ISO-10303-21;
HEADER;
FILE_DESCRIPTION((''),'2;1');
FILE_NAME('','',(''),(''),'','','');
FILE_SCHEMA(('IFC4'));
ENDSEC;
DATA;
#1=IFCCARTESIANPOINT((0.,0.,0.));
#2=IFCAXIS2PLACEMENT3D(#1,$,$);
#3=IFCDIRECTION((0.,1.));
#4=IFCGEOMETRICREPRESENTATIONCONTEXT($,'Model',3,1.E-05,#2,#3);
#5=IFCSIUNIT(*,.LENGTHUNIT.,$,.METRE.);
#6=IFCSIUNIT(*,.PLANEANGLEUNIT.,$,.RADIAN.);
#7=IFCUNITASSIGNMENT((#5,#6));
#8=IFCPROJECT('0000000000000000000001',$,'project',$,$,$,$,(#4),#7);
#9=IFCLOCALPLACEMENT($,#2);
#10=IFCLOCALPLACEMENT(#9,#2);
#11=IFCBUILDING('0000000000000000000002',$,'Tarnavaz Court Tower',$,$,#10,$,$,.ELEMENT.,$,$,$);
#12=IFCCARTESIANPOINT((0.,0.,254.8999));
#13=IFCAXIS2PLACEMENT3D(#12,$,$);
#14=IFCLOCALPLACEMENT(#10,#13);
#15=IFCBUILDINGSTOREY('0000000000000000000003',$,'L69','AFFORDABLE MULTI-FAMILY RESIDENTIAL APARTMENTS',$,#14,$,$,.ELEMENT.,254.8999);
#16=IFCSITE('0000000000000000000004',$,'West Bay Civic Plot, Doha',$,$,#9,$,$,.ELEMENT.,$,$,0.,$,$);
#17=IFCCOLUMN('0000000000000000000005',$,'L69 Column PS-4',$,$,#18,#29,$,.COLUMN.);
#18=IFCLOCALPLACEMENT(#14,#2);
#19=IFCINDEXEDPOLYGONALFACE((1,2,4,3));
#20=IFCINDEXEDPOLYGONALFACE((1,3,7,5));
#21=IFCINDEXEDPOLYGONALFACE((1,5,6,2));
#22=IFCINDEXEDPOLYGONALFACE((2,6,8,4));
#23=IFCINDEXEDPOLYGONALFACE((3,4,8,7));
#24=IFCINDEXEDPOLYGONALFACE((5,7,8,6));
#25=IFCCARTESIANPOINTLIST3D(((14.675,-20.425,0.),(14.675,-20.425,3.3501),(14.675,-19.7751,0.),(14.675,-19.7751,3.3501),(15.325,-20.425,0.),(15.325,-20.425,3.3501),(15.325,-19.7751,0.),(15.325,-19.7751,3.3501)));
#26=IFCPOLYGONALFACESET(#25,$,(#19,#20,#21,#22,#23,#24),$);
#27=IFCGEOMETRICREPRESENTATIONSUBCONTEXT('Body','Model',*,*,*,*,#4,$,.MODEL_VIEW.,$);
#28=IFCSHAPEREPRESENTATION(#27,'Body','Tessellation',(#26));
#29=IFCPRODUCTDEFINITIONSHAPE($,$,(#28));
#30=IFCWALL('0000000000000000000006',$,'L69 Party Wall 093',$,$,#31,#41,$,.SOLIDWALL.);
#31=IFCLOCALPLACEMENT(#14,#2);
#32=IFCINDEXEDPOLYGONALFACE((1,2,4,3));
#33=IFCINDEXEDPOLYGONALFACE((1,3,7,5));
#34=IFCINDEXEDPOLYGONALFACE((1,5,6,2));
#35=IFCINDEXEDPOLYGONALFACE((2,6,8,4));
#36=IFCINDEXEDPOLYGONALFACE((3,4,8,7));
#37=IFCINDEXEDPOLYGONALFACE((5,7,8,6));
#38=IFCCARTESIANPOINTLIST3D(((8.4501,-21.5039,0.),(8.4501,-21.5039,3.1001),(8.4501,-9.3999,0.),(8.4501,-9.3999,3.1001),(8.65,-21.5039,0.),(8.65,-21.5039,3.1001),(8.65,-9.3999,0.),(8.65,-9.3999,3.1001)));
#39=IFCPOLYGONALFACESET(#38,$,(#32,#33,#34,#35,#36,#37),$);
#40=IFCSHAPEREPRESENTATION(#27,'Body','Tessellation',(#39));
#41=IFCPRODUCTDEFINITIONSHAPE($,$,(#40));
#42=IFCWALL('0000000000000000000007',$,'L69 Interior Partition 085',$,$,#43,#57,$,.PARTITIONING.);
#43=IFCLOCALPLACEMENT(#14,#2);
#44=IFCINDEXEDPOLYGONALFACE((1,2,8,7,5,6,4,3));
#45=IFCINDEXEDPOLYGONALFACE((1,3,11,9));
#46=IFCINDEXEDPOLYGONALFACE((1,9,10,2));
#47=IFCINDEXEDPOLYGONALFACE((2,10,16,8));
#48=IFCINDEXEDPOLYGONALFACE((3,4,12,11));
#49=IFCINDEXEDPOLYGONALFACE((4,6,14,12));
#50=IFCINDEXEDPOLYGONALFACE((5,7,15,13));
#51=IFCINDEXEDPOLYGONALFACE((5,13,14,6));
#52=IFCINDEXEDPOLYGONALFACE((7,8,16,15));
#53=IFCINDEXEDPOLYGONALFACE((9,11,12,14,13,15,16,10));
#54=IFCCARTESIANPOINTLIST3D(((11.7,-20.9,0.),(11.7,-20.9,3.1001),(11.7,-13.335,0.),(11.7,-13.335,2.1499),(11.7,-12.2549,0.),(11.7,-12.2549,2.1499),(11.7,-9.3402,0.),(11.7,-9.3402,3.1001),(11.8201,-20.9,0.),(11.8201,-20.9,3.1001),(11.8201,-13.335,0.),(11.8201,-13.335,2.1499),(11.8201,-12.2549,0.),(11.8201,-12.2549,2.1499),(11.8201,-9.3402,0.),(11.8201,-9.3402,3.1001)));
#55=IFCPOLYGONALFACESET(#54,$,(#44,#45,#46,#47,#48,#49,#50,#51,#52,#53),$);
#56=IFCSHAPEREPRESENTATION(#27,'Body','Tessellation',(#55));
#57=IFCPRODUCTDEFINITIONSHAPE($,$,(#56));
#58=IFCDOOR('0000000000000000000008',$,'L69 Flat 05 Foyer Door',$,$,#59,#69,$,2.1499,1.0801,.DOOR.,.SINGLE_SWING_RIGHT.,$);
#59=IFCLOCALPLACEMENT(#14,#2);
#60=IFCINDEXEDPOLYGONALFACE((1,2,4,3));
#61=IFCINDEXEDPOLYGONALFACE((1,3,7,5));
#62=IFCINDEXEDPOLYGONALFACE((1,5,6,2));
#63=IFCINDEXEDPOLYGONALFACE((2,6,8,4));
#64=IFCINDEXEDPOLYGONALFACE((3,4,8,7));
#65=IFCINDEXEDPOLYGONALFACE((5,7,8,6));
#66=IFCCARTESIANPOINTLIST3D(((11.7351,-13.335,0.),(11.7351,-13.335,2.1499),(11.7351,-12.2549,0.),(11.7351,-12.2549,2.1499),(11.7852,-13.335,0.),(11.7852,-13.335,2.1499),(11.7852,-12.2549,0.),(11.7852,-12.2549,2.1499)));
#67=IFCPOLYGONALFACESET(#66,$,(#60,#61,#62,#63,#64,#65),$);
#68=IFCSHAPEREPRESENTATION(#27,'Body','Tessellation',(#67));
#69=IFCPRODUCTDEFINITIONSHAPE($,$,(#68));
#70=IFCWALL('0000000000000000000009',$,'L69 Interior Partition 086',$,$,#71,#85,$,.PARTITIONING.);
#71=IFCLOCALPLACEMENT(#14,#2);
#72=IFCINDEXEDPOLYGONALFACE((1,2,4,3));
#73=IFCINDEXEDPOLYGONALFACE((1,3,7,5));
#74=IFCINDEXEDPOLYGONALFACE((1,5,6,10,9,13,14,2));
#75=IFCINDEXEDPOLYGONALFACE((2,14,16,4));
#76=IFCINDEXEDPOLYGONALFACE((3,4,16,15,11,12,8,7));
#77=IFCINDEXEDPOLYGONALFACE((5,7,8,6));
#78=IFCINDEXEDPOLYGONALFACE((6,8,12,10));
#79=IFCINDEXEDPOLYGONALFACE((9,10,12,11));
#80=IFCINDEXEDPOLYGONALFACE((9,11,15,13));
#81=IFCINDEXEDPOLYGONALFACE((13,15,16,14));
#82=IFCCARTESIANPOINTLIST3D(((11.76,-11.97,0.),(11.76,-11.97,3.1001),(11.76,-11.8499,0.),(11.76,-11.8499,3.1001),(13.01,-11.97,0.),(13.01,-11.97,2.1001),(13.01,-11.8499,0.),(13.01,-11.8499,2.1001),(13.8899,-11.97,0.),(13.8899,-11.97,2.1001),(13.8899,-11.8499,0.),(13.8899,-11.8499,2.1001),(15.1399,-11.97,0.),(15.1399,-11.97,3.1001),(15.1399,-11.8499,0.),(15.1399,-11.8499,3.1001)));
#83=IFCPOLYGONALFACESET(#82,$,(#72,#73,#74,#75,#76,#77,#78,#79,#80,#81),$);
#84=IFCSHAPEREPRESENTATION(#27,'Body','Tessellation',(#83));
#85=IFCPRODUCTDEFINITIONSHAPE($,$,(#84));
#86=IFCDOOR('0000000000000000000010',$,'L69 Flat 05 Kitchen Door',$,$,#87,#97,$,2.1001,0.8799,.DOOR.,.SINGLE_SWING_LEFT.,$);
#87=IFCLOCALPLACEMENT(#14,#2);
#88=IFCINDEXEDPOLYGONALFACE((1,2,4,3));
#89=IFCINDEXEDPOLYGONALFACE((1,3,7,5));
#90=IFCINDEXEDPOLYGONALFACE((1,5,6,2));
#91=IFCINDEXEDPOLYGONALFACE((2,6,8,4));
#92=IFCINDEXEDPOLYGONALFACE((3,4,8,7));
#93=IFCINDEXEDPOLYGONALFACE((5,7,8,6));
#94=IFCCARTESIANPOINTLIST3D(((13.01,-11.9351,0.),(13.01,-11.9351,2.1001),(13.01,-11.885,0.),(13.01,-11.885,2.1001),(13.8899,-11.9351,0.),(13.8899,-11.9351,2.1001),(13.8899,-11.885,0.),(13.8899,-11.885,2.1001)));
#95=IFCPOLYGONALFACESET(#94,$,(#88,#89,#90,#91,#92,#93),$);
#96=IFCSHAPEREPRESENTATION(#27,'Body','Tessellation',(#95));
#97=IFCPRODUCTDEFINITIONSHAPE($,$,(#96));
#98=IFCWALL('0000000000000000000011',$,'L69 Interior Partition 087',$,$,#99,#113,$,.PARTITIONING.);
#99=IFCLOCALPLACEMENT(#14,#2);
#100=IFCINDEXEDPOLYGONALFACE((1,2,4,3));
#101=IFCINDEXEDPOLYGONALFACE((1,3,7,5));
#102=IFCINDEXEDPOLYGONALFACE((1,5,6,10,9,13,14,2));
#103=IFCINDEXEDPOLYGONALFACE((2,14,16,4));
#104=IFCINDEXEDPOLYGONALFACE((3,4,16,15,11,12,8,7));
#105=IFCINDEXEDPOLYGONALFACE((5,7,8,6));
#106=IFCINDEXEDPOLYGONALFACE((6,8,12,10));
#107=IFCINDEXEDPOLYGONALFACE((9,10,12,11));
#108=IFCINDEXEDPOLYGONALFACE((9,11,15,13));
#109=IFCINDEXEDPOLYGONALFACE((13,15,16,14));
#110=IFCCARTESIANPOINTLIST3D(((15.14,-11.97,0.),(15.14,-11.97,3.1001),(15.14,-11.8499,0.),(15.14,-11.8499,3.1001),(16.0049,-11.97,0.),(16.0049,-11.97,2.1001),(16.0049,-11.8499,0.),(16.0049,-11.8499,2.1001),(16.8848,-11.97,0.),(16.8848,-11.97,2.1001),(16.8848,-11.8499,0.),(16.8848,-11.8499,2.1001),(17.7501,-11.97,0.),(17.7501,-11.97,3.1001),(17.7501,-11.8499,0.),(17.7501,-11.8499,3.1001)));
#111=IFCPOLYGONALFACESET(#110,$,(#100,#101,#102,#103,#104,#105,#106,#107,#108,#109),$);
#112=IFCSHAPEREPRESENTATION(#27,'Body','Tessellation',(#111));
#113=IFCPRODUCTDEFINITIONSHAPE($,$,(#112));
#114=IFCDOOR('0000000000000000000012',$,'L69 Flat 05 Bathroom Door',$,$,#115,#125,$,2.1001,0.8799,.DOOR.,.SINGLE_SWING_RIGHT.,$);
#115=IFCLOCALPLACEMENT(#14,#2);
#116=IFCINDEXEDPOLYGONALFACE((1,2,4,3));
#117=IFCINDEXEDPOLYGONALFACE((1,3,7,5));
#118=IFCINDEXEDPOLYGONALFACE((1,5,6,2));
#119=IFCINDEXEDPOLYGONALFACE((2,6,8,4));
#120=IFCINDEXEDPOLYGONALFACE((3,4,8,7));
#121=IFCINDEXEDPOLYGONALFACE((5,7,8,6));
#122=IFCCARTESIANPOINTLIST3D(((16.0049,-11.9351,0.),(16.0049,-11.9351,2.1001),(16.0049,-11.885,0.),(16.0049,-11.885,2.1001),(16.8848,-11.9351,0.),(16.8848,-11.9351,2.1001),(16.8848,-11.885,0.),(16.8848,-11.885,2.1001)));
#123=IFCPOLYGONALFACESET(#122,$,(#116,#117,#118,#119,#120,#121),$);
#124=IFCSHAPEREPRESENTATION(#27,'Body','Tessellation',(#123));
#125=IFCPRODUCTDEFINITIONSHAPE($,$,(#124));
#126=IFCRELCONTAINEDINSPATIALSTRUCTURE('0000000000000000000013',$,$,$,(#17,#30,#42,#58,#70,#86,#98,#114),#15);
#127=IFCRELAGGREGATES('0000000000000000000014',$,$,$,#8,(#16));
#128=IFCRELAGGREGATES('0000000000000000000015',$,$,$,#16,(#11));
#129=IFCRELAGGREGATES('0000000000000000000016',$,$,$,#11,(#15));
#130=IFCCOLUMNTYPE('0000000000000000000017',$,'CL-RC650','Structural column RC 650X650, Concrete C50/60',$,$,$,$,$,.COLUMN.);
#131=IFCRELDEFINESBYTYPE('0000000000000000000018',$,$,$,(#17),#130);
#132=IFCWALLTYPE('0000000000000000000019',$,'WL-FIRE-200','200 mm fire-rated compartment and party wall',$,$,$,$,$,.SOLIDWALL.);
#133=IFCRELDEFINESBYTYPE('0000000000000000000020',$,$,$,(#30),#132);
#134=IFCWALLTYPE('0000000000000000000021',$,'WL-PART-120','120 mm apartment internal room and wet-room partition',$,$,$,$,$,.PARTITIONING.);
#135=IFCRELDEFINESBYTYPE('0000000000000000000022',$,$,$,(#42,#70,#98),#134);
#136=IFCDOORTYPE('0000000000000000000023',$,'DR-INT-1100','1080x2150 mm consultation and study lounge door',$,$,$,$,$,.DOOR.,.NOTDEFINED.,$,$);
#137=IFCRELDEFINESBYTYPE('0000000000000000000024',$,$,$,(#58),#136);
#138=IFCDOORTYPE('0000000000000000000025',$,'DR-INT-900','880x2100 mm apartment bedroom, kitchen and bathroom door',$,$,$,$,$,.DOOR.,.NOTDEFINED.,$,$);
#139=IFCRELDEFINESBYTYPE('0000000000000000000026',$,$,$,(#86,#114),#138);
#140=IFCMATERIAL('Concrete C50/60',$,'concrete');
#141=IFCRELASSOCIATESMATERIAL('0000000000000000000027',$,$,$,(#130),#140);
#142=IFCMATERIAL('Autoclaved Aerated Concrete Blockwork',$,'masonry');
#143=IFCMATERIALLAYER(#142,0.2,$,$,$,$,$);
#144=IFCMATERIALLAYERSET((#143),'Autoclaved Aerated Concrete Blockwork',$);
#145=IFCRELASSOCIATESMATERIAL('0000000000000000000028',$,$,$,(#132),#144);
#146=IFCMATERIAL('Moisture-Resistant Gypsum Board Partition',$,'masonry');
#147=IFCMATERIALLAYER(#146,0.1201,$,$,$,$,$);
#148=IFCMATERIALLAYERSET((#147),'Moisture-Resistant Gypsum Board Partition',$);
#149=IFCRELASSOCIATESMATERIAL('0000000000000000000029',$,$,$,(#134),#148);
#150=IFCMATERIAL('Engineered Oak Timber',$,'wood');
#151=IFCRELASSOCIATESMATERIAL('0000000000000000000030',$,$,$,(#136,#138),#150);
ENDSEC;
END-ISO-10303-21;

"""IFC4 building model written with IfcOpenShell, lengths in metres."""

from ifc_helpers import new_model, si_unit, direction, frame, frame_2d, origin, origin_2d, place, context, subcontext, project, spatial, rectangle, extrude, material, layer, layer_set, material_profile, profile_set, type_object, element, fill, save


model = new_model("IFC4")

# Units and contexts
model_context = context("Model", 3, precision=1e-05, world=origin(), true_north=direction((0.0, 1.0)))
body_context = subcontext(model_context, "Body", "Model", "MODEL_VIEW")
ifc_project = project(units=[si_unit("LENGTHUNIT", "METRE"), si_unit("PLANEANGLEUNIT", "RADIAN")], contexts=[model_context])

# Site, building, storey
site_placement = place(None, origin())
site = spatial("IfcSite", under=ifc_project, at=site_placement, Name="West Bay Civic Plot, Doha", CompositionType="ELEMENT", RefElevation=0.0)
building_placement = place(site_placement, origin())
building = spatial("IfcBuilding", under=site, at=building_placement, Name="Tarnavaz Court Tower", CompositionType="ELEMENT")
storey_placement = place(building_placement, frame((0.0, 0.0, 254.8999)))
storey = spatial("IfcBuildingStorey", under=building, at=storey_placement, Name="L69", Description="AFFORDABLE MULTI-FAMILY RESIDENTIAL APARTMENTS", CompositionType="ELEMENT", Elevation=254.8999)

# Column
ifc_material_1 = material(Name="Concrete C50/60", Category="concrete")
ifc_material_profile = material_profile(ifc_material_1, rectangle(XDim=0.6499, YDim=0.6499, at=origin_2d()), Name="RC 650X650")
ifc_profile_set = profile_set([ifc_material_profile], Name="Concrete C50/60")
column_type = type_object("IfcColumnType", Name="CL-RC650", Description="Structural column RC 650X650, Concrete C50/60", PredefinedType="COLUMN", material=ifc_profile_set)
column_placement = place(storey_placement, frame((15.0, -20.1001, 0.0), z_axis=(0.0, 0.0, 1.0), x_axis=(1.0, 0.0, 0.0)))
element("IfcColumn", 1, at=column_placement, inside=storey, type_object=column_type, Name="L69 Column PS-4", PredefinedType="COLUMN", context=body_context, shape_type="SweptSolid", body=[
    extrude(rectangle(XDim=0.6499, YDim=0.6499, at=origin_2d()), origin(), (0.0, 0.0, 1.0), 3.3501),
])

# Wall
ifc_material_2 = material(Name="Autoclaved Aerated Concrete Blockwork", Category="masonry")
ifc_layer_1 = layer(ifc_material_2, 0.2)
ifc_layer_set_1 = layer_set([ifc_layer_1], Name="Autoclaved Aerated Concrete Blockwork")
wall_type_1 = type_object("IfcWallType", Name="WL-FIRE-200", Description="200 mm fire-rated compartment and party wall", PredefinedType="SOLIDWALL", material=ifc_layer_set_1)
wall_1_placement = place(storey_placement, frame((8.55, -21.5039, 0.0), z_axis=(0.0, 0.0, 1.0), x_axis=(0.0, 1.0, 0.0)))
element("IfcWall", 2, at=wall_1_placement, inside=storey, type_object=wall_type_1, Name="L69 Party Wall 093", PredefinedType="SOLIDWALL", context=body_context, shape_type="SweptSolid", body=[
    extrude(rectangle(XDim=12.104, YDim=0.2, at=frame_2d((6.052, 0.0))), origin(), (0.0, 0.0, 1.0), 3.1001),
])

# Walls, openings, doors
ifc_material_3 = material(Name="Moisture-Resistant Gypsum Board Partition", Category="masonry")
ifc_layer_2 = layer(ifc_material_3, 0.1201)
ifc_layer_set_2 = layer_set([ifc_layer_2], Name="Moisture-Resistant Gypsum Board Partition")
wall_type_2 = type_object("IfcWallType", Name="WL-PART-120", Description="120 mm apartment internal room and wet-room partition", PredefinedType="PARTITIONING", material=ifc_layer_set_2)
wall_2_placement = place(storey_placement, frame((11.76, -20.8999, 0.0), z_axis=(0.0, 0.0, 1.0), x_axis=(0.0, 1.0, 0.0)))
wall_2 = element("IfcWall", 3, at=wall_2_placement, inside=storey, type_object=wall_type_2, Name="L69 Interior Partition 085", PredefinedType="PARTITIONING", context=body_context, shape_type="SweptSolid", body=[
    extrude(rectangle(XDim=11.5598, YDim=0.1201, at=frame_2d((5.7798, 0.0))), origin(), (0.0, 0.0, 1.0), 3.1001),
])
opening_1_placement = place(wall_2_placement, frame((7.5649, 0.0, 0.0)))
opening_1 = element("IfcOpeningElement", 4, at=opening_1_placement, cuts=wall_2, PredefinedType="OPENING", context=body_context, shape_type="SweptSolid", body=[
    extrude(rectangle(XDim=1.0801, YDim=2.1499, at=frame_2d((0.54, 1.075))), frame((0.0, 0.0701, 0.0), z_axis=(0.0, -1.0, 0.0), x_axis=(1.0, 0.0, 0.0)), (0.0, 0.0, 1.0), 0.1401),
])
ifc_material_4 = material(Name="Engineered Oak Timber", Category="wood")
door_type_1 = type_object("IfcDoorType", Name="DR-INT-1100", Description="1080x2150 mm consultation and study lounge door", OperationType="NOTDEFINED", PredefinedType="DOOR", material=ifc_material_4)
door_1_placement = place(opening_1_placement, origin())
door_1 = element("IfcDoor", 5, at=door_1_placement, inside=storey, type_object=door_type_1, Name="L69 Flat 05 Foyer Door", OperationType="SINGLE_SWING_RIGHT", OverallHeight=2.1499, OverallWidth=1.0801, PredefinedType="DOOR", context=body_context, shape_type="SweptSolid", body=[
    extrude(rectangle(XDim=1.0801, YDim=2.1499, at=frame_2d((0.54, 1.075))), frame((0.0, 0.0249, 0.0), z_axis=(0.0, -1.0, 0.0), x_axis=(1.0, 0.0, 0.0)), (0.0, 0.0, 1.0), 0.05),
])
fill(opening_1, door_1)
wall_3_placement = place(storey_placement, frame((11.76, -11.9099, 0.0), z_axis=(0.0, 0.0, 1.0), x_axis=(1.0, 0.0, 0.0)))
wall_3 = element("IfcWall", 6, at=wall_3_placement, inside=storey, type_object=wall_type_2, Name="L69 Interior Partition 086", PredefinedType="PARTITIONING", context=body_context, shape_type="SweptSolid", body=[
    extrude(rectangle(XDim=3.3799, YDim=0.1201, at=frame_2d((1.6899, 0.0))), origin(), (0.0, 0.0, 1.0), 3.1001),
])
opening_2_placement = place(wall_3_placement, frame((1.25, 0.0, 0.0)))
opening_2 = element("IfcOpeningElement", 7, at=opening_2_placement, cuts=wall_3, PredefinedType="OPENING", context=body_context, shape_type="SweptSolid", body=[
    extrude(rectangle(XDim=0.8799, YDim=2.1001, at=frame_2d((0.4399, 1.05))), frame((0.0, 0.0701, 0.0), z_axis=(0.0, -1.0, 0.0), x_axis=(1.0, 0.0, 0.0)), (0.0, 0.0, 1.0), 0.1401),
])
door_type_2 = type_object("IfcDoorType", Name="DR-INT-900", Description="880x2100 mm apartment bedroom, kitchen and bathroom door", OperationType="NOTDEFINED", PredefinedType="DOOR", material=ifc_material_4)
door_2_placement = place(opening_2_placement, origin())
door_2 = element("IfcDoor", 8, at=door_2_placement, inside=storey, type_object=door_type_2, Name="L69 Flat 05 Kitchen Door", OperationType="SINGLE_SWING_LEFT", OverallHeight=2.1001, OverallWidth=0.8799, PredefinedType="DOOR", context=body_context, shape_type="SweptSolid", body=[
    extrude(rectangle(XDim=0.8799, YDim=2.1001, at=frame_2d((0.4399, 1.05))), frame((0.0, 0.0249, 0.0), z_axis=(0.0, -1.0, 0.0), x_axis=(1.0, 0.0, 0.0)), (0.0, 0.0, 1.0), 0.05),
])
fill(opening_2, door_2)
wall_4_placement = place(storey_placement, frame((15.1399, -11.9099, 0.0), z_axis=(0.0, 0.0, 1.0), x_axis=(1.0, 0.0, 0.0)))
wall_4 = element("IfcWall", 9, at=wall_4_placement, inside=storey, type_object=wall_type_2, Name="L69 Interior Partition 087", PredefinedType="PARTITIONING", context=body_context, shape_type="SweptSolid", body=[
    extrude(rectangle(XDim=2.6101, YDim=0.1201, at=frame_2d((1.3052, 0.0))), origin(), (0.0, 0.0, 1.0), 3.1001),
])
opening_3_placement = place(wall_4_placement, frame((0.865, 0.0, 0.0)))
opening_3 = element("IfcOpeningElement", 10, at=opening_3_placement, cuts=wall_4, PredefinedType="OPENING", context=body_context, shape_type="SweptSolid", body=[
    extrude(rectangle(XDim=0.8799, YDim=2.1001, at=frame_2d((0.4399, 1.05))), frame((0.0, 0.0701, 0.0), z_axis=(0.0, -1.0, 0.0), x_axis=(1.0, 0.0, 0.0)), (0.0, 0.0, 1.0), 0.1401),
])
door_3_placement = place(opening_3_placement, origin())
door_3 = element("IfcDoor", 11, at=door_3_placement, inside=storey, type_object=door_type_2, Name="L69 Flat 05 Bathroom Door", OperationType="SINGLE_SWING_RIGHT", OverallHeight=2.1001, OverallWidth=0.8799, PredefinedType="DOOR", context=body_context, shape_type="SweptSolid", body=[
    extrude(rectangle(XDim=0.8799, YDim=2.1001, at=frame_2d((0.4399, 1.05))), frame((0.0, 0.0249, 0.0), z_axis=(0.0, -1.0, 0.0), x_axis=(1.0, 0.0, 0.0)), (0.0, 0.0, 1.0), 0.05),
])
fill(opening_3, door_3)

save(model, "model.ifc")
